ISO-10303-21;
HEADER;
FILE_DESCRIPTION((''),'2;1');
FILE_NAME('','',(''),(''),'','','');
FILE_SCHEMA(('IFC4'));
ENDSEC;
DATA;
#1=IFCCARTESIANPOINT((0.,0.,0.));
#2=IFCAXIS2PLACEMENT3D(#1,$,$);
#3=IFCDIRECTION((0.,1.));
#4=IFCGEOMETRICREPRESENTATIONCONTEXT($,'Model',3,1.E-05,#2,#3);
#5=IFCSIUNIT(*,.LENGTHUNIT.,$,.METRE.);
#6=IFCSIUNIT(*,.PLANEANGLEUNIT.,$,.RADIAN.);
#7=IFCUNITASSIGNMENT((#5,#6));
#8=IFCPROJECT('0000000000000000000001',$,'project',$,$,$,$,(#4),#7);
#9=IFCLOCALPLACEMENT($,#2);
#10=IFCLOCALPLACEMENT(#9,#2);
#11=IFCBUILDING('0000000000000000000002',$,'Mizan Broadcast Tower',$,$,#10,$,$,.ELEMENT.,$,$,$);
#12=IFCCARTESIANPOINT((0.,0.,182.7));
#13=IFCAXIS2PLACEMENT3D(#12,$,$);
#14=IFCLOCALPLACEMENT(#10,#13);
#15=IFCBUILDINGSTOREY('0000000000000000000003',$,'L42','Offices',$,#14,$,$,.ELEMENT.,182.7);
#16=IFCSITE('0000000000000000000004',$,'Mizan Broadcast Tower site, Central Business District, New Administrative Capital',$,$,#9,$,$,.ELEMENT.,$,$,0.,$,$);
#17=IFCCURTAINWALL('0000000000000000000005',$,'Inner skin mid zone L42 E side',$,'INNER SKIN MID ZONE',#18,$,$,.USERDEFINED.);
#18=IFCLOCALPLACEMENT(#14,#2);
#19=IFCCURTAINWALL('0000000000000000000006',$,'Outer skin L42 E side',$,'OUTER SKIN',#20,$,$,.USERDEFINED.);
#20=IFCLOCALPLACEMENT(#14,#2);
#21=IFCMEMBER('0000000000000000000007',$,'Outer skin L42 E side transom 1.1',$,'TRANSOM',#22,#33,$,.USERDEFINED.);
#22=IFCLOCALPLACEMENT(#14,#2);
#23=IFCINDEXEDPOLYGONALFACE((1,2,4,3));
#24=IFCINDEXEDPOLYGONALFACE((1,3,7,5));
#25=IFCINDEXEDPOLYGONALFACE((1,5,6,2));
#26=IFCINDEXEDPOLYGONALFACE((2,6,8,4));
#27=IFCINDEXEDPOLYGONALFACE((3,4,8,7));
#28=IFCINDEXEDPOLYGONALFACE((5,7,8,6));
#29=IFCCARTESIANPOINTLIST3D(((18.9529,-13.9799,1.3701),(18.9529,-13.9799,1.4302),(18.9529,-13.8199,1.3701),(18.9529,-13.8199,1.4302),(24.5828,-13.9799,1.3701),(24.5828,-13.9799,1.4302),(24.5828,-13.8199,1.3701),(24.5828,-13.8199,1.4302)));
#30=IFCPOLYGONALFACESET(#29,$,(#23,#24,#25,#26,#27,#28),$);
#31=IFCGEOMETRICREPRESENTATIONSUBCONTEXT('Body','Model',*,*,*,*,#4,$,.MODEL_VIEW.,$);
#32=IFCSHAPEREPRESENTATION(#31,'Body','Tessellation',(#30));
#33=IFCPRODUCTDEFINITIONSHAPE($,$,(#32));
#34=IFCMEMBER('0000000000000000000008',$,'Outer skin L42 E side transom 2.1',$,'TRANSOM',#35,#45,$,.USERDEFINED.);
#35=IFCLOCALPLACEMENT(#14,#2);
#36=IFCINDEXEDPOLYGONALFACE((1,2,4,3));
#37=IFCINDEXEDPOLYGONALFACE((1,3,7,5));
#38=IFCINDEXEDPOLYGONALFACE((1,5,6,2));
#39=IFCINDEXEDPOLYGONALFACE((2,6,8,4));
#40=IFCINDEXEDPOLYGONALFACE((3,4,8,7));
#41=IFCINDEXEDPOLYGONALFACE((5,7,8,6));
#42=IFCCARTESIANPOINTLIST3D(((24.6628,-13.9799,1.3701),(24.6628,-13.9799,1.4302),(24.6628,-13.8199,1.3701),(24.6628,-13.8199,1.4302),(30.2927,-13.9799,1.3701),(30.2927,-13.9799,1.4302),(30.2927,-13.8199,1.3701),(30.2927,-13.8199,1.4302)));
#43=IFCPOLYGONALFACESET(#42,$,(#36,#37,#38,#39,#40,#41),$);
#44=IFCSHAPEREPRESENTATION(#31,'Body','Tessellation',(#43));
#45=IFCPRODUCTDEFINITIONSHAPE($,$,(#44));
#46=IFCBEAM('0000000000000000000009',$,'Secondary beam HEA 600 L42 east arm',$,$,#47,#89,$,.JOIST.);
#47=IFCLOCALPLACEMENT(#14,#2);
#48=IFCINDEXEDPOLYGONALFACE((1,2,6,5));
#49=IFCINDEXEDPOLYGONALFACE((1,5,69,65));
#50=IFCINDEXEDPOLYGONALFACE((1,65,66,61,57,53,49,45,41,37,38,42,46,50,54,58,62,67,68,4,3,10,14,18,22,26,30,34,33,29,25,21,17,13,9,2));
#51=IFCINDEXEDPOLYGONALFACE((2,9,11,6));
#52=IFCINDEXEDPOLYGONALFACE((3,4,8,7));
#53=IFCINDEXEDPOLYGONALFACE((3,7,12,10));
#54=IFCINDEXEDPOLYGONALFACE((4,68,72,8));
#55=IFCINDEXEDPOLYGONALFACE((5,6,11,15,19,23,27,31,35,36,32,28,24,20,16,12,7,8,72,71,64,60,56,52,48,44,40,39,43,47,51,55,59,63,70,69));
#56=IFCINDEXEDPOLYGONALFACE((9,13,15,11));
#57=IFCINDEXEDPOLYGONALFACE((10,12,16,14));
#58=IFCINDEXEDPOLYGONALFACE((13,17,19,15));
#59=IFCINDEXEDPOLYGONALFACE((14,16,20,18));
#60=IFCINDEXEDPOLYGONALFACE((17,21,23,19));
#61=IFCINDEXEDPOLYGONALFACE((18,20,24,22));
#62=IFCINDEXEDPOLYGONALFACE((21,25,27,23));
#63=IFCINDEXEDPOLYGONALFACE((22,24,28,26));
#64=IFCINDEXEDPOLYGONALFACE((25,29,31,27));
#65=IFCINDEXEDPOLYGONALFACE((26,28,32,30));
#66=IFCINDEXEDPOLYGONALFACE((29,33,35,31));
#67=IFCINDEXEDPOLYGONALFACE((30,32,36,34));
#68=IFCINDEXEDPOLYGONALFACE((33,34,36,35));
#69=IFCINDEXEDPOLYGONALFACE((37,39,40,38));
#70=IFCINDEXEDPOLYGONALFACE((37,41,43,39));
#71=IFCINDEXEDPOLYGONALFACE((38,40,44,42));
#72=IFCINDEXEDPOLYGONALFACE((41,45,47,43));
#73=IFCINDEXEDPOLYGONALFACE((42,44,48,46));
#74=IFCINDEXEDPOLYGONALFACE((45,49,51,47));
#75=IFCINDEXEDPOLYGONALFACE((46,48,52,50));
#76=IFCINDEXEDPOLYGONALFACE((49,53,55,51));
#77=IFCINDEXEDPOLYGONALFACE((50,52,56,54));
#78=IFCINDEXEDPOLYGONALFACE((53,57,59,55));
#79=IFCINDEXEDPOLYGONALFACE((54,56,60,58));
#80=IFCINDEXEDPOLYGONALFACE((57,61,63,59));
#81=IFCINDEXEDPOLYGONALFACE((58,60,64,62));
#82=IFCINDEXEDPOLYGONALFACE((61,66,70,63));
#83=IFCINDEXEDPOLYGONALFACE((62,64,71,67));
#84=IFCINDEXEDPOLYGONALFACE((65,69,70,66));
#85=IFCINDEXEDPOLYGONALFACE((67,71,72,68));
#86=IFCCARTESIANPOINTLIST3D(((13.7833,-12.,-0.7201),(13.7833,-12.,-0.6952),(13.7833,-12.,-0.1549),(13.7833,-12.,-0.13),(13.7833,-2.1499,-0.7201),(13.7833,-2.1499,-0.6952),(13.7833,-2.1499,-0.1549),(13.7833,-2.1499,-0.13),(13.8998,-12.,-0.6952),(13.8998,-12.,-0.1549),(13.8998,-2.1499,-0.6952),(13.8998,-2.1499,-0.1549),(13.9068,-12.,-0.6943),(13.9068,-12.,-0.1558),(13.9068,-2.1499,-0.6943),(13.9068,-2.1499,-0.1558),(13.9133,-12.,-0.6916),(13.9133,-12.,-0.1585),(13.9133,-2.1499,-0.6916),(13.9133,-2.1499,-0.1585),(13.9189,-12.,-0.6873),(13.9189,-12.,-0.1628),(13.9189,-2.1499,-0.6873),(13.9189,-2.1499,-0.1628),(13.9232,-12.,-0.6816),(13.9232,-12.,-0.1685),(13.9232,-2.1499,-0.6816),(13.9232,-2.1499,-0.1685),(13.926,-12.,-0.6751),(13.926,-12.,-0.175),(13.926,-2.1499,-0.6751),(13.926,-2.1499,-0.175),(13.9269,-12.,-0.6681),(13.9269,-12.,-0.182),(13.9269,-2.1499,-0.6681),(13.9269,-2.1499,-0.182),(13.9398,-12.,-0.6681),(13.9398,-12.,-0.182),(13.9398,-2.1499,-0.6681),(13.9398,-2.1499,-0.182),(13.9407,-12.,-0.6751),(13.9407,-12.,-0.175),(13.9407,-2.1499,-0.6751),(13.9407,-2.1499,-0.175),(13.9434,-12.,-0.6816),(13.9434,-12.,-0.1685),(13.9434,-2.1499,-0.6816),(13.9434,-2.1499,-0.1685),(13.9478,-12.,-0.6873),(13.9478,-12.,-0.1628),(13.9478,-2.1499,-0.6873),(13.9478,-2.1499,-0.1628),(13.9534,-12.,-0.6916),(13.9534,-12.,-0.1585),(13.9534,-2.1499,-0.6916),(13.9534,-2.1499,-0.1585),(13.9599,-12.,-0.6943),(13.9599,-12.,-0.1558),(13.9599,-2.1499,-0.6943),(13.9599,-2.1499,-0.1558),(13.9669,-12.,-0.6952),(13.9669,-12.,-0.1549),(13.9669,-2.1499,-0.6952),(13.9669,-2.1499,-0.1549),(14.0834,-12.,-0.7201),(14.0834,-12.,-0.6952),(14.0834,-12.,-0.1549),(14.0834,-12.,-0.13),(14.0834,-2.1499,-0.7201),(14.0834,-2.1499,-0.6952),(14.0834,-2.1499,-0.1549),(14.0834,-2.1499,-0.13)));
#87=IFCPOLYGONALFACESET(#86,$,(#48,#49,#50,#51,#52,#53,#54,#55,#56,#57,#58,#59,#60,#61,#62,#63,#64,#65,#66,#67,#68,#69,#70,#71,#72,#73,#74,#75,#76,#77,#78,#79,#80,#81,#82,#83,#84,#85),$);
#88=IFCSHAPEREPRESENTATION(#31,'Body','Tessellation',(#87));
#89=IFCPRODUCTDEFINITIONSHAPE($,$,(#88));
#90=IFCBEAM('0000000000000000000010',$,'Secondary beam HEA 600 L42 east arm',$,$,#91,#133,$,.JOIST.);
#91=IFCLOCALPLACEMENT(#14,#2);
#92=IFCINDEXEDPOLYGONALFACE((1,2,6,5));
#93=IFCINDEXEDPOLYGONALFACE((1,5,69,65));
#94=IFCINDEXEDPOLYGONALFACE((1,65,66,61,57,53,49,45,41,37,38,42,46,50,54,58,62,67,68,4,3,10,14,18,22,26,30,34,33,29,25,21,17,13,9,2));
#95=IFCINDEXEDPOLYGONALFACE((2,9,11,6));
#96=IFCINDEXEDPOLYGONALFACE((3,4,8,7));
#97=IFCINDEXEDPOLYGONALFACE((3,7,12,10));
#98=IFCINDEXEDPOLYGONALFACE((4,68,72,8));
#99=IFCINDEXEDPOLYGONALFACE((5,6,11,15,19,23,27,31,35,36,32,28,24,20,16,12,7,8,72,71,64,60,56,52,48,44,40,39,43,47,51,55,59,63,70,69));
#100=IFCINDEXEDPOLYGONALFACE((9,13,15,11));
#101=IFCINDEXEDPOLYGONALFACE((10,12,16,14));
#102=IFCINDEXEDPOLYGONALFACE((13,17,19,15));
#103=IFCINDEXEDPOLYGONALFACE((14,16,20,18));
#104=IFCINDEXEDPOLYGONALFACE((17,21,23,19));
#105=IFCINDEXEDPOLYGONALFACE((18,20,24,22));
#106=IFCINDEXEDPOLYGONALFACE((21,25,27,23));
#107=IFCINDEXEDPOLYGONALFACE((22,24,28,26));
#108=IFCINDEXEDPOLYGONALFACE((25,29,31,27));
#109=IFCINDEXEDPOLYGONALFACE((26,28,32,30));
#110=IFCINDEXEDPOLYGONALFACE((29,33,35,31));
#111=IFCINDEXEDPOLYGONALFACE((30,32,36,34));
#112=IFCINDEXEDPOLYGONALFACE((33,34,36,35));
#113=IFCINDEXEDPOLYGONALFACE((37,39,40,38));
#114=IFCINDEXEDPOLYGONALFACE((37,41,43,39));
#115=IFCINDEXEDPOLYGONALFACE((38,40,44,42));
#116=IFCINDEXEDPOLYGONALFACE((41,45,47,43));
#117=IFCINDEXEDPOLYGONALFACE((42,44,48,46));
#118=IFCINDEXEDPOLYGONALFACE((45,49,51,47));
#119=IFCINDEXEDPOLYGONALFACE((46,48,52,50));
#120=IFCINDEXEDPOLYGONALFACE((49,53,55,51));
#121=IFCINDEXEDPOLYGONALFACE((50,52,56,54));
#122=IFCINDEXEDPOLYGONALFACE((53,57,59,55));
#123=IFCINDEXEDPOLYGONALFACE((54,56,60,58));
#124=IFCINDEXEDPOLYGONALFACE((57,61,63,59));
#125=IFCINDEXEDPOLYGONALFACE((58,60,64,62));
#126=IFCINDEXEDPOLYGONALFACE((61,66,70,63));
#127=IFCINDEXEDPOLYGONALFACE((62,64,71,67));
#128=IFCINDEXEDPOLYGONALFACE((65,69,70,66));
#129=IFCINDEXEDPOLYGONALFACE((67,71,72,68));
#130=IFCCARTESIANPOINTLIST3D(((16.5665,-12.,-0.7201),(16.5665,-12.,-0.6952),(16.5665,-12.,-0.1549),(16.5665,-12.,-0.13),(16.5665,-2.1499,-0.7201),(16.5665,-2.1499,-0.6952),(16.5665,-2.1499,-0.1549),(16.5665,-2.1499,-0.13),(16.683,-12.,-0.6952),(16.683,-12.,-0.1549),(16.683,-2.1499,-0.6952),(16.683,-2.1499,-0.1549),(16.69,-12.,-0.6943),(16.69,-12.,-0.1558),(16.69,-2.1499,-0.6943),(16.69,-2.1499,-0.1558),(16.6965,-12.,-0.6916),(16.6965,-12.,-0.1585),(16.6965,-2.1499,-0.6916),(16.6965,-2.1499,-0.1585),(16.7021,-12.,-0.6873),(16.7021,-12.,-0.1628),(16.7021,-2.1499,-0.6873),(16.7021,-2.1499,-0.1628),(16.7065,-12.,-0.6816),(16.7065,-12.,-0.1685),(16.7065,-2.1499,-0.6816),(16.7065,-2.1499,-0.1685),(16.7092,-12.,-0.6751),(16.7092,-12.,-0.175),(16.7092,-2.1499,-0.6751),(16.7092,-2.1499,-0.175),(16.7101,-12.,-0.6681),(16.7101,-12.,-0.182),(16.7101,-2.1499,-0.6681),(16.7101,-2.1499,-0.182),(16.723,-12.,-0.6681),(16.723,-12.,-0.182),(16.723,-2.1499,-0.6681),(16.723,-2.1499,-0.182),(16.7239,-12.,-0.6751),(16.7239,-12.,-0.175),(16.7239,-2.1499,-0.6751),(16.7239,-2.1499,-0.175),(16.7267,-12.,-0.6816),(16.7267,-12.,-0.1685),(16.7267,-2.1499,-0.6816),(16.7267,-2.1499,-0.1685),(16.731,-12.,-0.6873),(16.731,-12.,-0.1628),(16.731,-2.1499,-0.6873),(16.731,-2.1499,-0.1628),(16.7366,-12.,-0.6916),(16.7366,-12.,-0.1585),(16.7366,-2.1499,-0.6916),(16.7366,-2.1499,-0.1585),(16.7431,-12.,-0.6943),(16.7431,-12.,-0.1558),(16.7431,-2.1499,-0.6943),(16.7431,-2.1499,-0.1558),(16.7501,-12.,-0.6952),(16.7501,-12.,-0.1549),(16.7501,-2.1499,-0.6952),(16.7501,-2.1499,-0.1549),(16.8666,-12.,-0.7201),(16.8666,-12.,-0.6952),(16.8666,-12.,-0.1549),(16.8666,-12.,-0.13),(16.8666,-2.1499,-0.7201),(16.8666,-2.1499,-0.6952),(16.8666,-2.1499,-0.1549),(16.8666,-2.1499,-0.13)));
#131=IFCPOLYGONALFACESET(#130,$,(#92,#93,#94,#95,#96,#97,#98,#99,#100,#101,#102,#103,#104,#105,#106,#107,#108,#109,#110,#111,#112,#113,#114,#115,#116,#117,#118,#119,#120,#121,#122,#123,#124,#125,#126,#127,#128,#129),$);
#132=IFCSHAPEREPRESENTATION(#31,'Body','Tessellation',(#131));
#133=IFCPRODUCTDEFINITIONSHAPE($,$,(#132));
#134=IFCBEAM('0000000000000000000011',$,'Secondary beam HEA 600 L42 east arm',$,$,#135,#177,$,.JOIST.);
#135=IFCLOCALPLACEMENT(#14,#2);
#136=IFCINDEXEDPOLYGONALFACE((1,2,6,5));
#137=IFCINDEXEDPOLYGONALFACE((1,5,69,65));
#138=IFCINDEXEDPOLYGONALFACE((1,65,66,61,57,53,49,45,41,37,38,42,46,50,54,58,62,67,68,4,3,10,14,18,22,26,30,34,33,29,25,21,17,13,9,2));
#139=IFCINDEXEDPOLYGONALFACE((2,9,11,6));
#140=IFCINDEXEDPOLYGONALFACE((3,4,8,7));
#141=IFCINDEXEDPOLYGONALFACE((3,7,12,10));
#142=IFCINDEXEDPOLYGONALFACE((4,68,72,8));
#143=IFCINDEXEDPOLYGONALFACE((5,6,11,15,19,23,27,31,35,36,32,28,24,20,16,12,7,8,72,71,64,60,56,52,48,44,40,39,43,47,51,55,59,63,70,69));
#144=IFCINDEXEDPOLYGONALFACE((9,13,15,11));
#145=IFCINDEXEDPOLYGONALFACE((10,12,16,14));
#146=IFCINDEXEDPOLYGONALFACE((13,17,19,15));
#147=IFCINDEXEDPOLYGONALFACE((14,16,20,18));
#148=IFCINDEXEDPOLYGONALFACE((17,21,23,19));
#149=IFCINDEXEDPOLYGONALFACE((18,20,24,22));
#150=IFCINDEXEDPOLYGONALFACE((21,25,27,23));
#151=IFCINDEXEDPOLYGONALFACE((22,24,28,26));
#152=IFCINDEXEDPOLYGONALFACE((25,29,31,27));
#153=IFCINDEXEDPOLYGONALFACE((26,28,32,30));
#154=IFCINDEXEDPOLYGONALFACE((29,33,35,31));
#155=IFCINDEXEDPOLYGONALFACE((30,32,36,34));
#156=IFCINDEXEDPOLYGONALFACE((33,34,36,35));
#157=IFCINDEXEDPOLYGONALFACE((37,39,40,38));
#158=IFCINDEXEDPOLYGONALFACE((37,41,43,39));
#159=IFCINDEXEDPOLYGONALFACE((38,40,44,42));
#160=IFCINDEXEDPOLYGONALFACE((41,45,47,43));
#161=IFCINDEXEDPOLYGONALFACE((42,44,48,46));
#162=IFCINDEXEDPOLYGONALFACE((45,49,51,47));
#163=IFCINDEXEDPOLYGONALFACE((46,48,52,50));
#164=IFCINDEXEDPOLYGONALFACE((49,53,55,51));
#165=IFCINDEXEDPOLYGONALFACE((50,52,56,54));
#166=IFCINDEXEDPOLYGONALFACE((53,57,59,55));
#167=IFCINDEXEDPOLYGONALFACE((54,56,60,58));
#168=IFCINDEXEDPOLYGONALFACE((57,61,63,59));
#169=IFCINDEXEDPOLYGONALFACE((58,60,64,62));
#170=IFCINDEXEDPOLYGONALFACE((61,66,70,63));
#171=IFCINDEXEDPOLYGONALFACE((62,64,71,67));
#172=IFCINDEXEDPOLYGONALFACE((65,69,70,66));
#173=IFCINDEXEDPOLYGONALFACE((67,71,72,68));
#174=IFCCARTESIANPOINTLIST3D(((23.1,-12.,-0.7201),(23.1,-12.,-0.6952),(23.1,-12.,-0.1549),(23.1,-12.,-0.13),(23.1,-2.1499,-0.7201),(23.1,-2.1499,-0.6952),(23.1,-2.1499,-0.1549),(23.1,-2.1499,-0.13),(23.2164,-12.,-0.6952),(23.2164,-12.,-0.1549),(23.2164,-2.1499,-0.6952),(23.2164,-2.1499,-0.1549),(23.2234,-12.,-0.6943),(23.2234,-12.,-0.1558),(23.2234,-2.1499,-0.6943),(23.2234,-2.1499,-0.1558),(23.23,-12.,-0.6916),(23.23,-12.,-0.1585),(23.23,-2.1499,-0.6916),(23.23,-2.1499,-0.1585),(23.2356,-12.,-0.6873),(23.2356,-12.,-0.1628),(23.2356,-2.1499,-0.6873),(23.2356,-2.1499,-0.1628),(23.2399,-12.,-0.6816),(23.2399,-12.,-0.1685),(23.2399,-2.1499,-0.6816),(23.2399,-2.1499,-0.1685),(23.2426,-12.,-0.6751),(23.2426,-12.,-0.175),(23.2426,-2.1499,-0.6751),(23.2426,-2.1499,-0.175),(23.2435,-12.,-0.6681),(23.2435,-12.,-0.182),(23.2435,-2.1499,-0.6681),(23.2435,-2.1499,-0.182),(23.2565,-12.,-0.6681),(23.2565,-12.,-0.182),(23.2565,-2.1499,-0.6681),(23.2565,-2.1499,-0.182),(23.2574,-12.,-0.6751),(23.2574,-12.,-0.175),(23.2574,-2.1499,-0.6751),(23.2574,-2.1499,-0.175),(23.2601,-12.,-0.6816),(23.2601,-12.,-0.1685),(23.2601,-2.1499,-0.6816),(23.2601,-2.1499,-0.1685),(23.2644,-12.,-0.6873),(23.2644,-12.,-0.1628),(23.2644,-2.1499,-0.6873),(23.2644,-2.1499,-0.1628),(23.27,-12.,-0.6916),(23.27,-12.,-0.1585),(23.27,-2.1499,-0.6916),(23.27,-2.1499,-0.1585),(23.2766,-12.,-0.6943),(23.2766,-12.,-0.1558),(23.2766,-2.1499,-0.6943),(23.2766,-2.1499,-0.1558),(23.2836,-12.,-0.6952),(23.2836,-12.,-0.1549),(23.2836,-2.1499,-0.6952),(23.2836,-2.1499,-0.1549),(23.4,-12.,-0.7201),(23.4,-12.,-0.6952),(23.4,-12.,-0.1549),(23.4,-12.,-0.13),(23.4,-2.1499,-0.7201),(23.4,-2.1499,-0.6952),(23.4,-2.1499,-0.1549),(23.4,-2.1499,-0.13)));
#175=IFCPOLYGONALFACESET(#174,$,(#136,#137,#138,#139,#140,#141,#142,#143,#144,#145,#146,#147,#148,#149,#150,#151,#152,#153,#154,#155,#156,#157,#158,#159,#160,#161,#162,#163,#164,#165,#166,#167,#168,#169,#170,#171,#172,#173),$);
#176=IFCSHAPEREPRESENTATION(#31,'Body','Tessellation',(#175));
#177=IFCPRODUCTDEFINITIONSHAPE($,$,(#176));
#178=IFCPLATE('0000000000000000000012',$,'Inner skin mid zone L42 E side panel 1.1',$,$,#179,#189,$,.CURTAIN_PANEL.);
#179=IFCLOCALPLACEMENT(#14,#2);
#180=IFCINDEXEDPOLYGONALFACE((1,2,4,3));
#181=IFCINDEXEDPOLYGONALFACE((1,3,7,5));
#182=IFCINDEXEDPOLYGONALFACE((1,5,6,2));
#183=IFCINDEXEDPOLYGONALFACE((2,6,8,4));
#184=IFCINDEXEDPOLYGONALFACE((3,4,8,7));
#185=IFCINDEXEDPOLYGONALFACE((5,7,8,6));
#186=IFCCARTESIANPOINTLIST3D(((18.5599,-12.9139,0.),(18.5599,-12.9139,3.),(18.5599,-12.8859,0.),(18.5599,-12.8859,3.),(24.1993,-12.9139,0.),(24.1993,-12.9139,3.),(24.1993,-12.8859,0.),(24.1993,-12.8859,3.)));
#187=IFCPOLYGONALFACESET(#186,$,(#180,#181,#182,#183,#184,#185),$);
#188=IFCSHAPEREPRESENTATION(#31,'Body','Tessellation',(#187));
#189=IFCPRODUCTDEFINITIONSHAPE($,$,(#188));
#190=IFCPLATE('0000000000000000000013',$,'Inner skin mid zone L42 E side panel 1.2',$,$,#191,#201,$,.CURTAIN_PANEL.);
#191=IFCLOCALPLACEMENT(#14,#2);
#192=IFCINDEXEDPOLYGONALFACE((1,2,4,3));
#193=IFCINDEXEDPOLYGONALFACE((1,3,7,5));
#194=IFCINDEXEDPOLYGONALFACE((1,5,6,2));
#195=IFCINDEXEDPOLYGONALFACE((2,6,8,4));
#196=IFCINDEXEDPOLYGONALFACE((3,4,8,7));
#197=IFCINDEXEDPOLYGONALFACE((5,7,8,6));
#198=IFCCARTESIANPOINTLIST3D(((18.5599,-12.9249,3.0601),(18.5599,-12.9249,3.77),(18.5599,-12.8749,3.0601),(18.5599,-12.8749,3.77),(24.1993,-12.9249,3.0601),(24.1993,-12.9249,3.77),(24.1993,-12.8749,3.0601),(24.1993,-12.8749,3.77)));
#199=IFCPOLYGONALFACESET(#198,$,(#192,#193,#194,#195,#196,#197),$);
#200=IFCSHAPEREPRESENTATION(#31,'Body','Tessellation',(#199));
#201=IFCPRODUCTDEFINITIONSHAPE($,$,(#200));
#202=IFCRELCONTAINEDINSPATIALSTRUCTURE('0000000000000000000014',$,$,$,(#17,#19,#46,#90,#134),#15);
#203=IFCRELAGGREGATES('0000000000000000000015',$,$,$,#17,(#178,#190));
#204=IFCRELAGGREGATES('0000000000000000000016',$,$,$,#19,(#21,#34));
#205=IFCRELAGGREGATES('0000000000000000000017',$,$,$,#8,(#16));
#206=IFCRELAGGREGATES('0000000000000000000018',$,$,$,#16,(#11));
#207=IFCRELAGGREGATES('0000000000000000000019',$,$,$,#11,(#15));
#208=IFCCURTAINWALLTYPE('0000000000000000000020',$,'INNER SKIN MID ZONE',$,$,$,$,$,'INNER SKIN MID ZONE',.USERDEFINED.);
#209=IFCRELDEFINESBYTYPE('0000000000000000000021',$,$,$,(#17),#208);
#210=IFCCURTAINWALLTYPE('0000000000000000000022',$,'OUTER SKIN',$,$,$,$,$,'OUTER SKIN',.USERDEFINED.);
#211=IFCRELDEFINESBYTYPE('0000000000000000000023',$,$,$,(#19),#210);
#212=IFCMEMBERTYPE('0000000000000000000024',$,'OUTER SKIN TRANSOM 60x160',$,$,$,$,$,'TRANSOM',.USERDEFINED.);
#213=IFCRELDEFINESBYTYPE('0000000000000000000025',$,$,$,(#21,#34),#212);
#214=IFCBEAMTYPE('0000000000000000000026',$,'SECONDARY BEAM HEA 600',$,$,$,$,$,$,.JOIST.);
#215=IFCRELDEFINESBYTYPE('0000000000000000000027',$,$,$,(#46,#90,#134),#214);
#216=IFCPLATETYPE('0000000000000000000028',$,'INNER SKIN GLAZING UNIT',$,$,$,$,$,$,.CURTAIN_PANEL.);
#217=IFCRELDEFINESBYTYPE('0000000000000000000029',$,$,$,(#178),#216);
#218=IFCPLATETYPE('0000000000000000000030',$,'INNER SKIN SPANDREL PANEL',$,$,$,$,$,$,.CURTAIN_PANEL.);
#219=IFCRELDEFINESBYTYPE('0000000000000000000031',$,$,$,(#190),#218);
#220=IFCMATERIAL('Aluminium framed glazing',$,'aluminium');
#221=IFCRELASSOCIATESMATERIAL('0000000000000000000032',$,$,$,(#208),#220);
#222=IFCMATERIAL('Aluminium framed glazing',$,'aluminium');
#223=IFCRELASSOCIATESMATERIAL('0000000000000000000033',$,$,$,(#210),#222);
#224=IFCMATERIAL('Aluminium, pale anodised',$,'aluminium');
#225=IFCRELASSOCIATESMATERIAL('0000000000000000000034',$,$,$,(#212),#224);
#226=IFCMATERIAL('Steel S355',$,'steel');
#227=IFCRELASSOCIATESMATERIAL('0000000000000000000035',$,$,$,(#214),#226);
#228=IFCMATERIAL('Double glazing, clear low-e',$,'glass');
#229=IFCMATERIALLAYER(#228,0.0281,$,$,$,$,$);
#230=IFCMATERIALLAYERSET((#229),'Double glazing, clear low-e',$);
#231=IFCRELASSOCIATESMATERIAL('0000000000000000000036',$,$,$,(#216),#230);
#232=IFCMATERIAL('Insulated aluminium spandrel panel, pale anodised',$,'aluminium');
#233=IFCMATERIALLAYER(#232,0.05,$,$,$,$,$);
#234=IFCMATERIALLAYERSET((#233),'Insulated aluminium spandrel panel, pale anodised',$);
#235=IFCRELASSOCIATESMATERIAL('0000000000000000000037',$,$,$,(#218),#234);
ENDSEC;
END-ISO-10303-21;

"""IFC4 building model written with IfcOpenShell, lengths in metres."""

from ifc_helpers import new_model, si_unit, direction, frame, origin, origin_2d, place, context, subcontext, project, spatial, rectangle, i_section, extrude, material, layer, layer_set, material_profile, profile_set, type_object, element, aggregate, save


model = new_model("IFC4")

# Units and contexts
model_context = context("Model", 3, precision=1e-05, world=origin(), true_north=direction((0.0, 1.0)))
body_context = subcontext(model_context, "Body", "Model", "MODEL_VIEW")
ifc_project = project(units=[si_unit("LENGTHUNIT", "METRE"), si_unit("PLANEANGLEUNIT", "RADIAN")], contexts=[model_context])

# Site, building, storey
site_placement = place(None, origin())
site = spatial("IfcSite", under=ifc_project, at=site_placement, Name="Mizan Broadcast Tower site, Central Business District, New Administrative Capital", CompositionType="ELEMENT", RefElevation=0.0)
building_placement = place(site_placement, origin())
building = spatial("IfcBuilding", under=site, at=building_placement, Name="Mizan Broadcast Tower", CompositionType="ELEMENT")
storey_placement = place(building_placement, frame((0.0, 0.0, 182.7)))
storey = spatial("IfcBuildingStorey", under=building, at=storey_placement, Name="L42", Description="Offices", CompositionType="ELEMENT", Elevation=182.7)

# Curtain wall
ifc_material_1 = material(Name="Aluminium framed glazing", Category="aluminium")
curtain_wall_type_1 = type_object("IfcCurtainWallType", Name="INNER SKIN MID ZONE", ElementType="INNER SKIN MID ZONE", PredefinedType="USERDEFINED", material=ifc_material_1)
curtain_wall_1_placement = place(storey_placement, origin())
curtain_wall_1 = element("IfcCurtainWall", 1, at=curtain_wall_1_placement, inside=storey, type_object=curtain_wall_type_1, Name="Inner skin mid zone L42 E side", ObjectType="INNER SKIN MID ZONE", PredefinedType="USERDEFINED")

# Curtain wall
ifc_material_2 = material(Name="Aluminium framed glazing", Category="aluminium")
curtain_wall_type_2 = type_object("IfcCurtainWallType", Name="OUTER SKIN", ElementType="OUTER SKIN", PredefinedType="USERDEFINED", material=ifc_material_2)
curtain_wall_2_placement = place(storey_placement, origin())
curtain_wall_2 = element("IfcCurtainWall", 2, at=curtain_wall_2_placement, inside=storey, type_object=curtain_wall_type_2, Name="Outer skin L42 E side", ObjectType="OUTER SKIN", PredefinedType="USERDEFINED")

# Members
ifc_material_3 = material(Name="Aluminium, pale anodised", Category="aluminium")
ifc_material_profile_1 = material_profile(ifc_material_3, rectangle(XDim=0.1599, YDim=0.0601, at=origin_2d()), Name="TRANSOM 160x60")
ifc_profile_set_1 = profile_set([ifc_material_profile_1], Name="Aluminium, pale anodised")
member_type_1 = type_object("IfcMemberType", Name="OUTER SKIN TRANSOM 60x160", ElementType="TRANSOM", PredefinedType="USERDEFINED", material=ifc_profile_set_1)
member_1_placement = place(storey_placement, frame((18.9529, -13.8999, 1.4001), z_axis=(1.0, 0.0, 0.0), x_axis=(0.0, 1.0, 0.0)))
member_1 = element("IfcMember", 3, at=member_1_placement, type_object=member_type_1, Name="Outer skin L42 E side transom 1.1", ObjectType="TRANSOM", PredefinedType="USERDEFINED", context=body_context, shape_type="SweptSolid", body=[
    extrude(rectangle(XDim=0.1599, YDim=0.0601, at=origin_2d()), origin(), (0.0, 0.0, 1.0), 5.6299),
])
member_2_placement = place(storey_placement, frame((24.6628, -13.8999, 1.4001), z_axis=(1.0, 0.0, 0.0), x_axis=(0.0, 1.0, 0.0)))
member_2 = element("IfcMember", 4, at=member_2_placement, type_object=member_type_1, Name="Outer skin L42 E side transom 2.1", ObjectType="TRANSOM", PredefinedType="USERDEFINED", context=body_context, shape_type="SweptSolid", body=[
    extrude(rectangle(XDim=0.1599, YDim=0.0601, at=origin_2d()), origin(), (0.0, 0.0, 1.0), 5.6299),
])

# Beams
ifc_material_4 = material(Name="Steel S355", Category="steel")
ifc_material_profile_2 = material_profile(ifc_material_4, i_section(OverallWidth=0.3, OverallDepth=0.5901, WebThickness=0.0129, FlangeThickness=0.0249, FilletRadius=0.0271, at=origin_2d()), Name="HEA 600")
ifc_profile_set_2 = profile_set([ifc_material_profile_2], Name="Steel S355")
beam_type_1 = type_object("IfcBeamType", Name="SECONDARY BEAM HEA 600", PredefinedType="JOIST", material=ifc_profile_set_2)
for number, where, z_axis, x_axis, name in (
    (5, (13.9333, -12.0, -0.425), (0.0, 1.0, 0.0), (-1.0, 0.0, 0.0), "Secondary beam HEA 600 L42 east arm"),
    (6, (16.7166, -12.0, -0.425), (0.0, 1.0, 0.0), (-1.0, 0.0, 0.0), "Secondary beam HEA 600 L42 east arm"),
    (7, (23.25, -12.0, -0.425), (0.0, 1.0, 0.0), (-1.0, 0.0, 0.0), "Secondary beam HEA 600 L42 east arm"),
):
    element("IfcBeam", number, at=place(storey_placement, frame(where, z_axis=z_axis, x_axis=x_axis)), inside=storey, type_object=beam_type_1, Name=name, PredefinedType="JOIST", context=body_context, shape_type="SweptSolid", body=[
        extrude(i_section(OverallWidth=0.3, OverallDepth=0.5901, WebThickness=0.0129, FlangeThickness=0.0249, FilletRadius=0.0271, at=origin_2d()), origin(), (0.0, 0.0, 1.0), 9.8501),
    ])

# Plates
ifc_material_5 = material(Name="Double glazing, clear low-e", Category="glass")
ifc_layer_1 = layer(ifc_material_5, 0.0281)
ifc_layer_set_1 = layer_set([ifc_layer_1], Name="Double glazing, clear low-e")
plate_type_1 = type_object("IfcPlateType", Name="INNER SKIN GLAZING UNIT", PredefinedType="CURTAIN_PANEL", material=ifc_layer_set_1)
plate_1_placement = place(storey_placement, frame((21.3796, -12.8999, 0.0), z_axis=(0.0, 0.0, 1.0), x_axis=(1.0, 0.0, 0.0)))
plate_1 = element("IfcPlate", 8, at=plate_1_placement, type_object=plate_type_1, Name="Inner skin mid zone L42 E side panel 1.1", PredefinedType="CURTAIN_PANEL", context=body_context, shape_type="SweptSolid", body=[
    extrude(rectangle(XDim=5.6394, YDim=0.0281, at=origin_2d()), origin(), (0.0, 0.0, 1.0), 3.0),
])
ifc_material_6 = material(Name="Insulated aluminium spandrel panel, pale anodised", Category="aluminium")
ifc_layer_2 = layer(ifc_material_6, 0.05)
ifc_layer_set_2 = layer_set([ifc_layer_2], Name="Insulated aluminium spandrel panel, pale anodised")
plate_type_2 = type_object("IfcPlateType", Name="INNER SKIN SPANDREL PANEL", PredefinedType="CURTAIN_PANEL", material=ifc_layer_set_2)
plate_2_placement = place(storey_placement, frame((21.3796, -12.8999, 3.0601), z_axis=(0.0, 0.0, 1.0), x_axis=(1.0, 0.0, 0.0)))
plate_2 = element("IfcPlate", 9, at=plate_2_placement, type_object=plate_type_2, Name="Inner skin mid zone L42 E side panel 1.2", PredefinedType="CURTAIN_PANEL", context=body_context, shape_type="SweptSolid", body=[
    extrude(rectangle(XDim=5.6394, YDim=0.05, at=origin_2d()), origin(), (0.0, 0.0, 1.0), 0.71),
])
aggregate(curtain_wall_1, [plate_1, plate_2])
aggregate(curtain_wall_2, [member_1, member_2])

save(model, "model.ifc")
